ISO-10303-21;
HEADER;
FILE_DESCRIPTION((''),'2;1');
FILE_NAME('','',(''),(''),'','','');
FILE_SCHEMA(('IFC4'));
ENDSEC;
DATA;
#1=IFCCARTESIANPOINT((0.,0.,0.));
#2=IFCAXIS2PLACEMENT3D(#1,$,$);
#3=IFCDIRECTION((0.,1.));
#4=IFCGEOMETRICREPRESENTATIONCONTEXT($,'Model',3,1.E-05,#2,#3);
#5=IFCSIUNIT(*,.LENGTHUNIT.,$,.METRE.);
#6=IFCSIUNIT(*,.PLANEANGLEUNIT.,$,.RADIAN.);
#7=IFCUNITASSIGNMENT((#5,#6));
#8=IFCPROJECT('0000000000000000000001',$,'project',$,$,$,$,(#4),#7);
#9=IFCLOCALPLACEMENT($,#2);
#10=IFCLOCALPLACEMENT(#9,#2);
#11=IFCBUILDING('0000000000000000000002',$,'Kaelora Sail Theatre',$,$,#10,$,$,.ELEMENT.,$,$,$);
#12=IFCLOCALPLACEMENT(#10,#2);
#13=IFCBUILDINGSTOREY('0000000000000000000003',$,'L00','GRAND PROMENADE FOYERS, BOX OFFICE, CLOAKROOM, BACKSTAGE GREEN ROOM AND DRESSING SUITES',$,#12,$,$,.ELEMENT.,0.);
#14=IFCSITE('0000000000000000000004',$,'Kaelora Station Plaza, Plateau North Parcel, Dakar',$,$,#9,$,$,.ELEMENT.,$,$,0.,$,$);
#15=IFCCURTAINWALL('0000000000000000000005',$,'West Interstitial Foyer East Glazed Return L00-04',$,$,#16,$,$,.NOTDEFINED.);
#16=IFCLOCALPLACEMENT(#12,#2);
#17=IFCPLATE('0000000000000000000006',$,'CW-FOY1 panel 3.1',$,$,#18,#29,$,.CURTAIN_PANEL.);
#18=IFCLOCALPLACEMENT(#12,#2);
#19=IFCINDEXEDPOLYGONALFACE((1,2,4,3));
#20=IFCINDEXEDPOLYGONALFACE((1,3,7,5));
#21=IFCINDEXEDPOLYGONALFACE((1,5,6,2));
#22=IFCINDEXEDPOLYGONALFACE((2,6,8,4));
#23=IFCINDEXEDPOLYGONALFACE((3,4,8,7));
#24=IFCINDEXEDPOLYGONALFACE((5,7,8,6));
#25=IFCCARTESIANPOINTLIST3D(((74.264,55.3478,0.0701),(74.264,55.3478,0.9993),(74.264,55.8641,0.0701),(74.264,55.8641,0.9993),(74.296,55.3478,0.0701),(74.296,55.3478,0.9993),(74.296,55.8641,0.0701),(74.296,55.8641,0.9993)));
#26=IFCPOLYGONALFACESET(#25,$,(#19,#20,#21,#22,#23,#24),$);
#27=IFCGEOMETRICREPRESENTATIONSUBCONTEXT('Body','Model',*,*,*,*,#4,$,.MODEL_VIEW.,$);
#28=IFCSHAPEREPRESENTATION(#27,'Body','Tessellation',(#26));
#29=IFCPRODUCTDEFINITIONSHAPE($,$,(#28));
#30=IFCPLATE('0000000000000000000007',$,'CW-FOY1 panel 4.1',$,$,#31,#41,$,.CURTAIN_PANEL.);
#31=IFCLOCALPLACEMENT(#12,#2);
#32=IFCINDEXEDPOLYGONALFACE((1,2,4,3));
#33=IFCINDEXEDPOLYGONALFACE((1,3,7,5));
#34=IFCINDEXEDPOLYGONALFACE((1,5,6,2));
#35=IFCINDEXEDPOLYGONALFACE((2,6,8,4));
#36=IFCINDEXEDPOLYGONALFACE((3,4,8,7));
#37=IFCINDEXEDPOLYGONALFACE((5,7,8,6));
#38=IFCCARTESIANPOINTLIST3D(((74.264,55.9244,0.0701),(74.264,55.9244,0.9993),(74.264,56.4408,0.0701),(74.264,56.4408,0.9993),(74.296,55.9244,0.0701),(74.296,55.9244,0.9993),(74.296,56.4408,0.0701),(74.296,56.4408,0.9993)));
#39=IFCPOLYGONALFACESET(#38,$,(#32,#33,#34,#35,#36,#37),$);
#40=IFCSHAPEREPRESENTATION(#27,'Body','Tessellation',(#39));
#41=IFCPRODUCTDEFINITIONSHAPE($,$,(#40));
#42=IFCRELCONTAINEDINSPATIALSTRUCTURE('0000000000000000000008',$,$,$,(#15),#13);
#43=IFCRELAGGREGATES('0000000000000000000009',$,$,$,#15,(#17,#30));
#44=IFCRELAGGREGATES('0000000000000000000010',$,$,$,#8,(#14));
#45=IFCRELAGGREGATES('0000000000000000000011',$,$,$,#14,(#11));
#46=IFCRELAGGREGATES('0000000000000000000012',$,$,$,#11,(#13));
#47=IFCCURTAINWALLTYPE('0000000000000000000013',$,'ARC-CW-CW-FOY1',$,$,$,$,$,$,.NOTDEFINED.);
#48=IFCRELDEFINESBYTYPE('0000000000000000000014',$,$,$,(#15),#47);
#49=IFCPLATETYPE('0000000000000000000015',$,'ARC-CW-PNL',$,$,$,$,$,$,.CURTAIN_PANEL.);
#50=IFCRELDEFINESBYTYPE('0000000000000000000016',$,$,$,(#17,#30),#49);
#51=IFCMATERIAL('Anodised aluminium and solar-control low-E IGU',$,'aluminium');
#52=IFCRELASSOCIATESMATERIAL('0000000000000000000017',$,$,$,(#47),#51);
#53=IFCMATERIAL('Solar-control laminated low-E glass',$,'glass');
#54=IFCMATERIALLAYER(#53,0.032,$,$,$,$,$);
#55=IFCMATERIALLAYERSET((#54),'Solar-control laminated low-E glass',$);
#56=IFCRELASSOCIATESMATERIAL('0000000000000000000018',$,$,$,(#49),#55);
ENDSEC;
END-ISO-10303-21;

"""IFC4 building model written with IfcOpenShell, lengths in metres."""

from ifc_helpers import new_model, si_unit, direction, frame, origin, origin_2d, place, context, subcontext, project, spatial, rectangle, extrude, material, layer, layer_set, type_object, element, aggregate, save


model = new_model("IFC4")

# Units and contexts
model_context = context("Model", 3, precision=1e-05, world=origin(), true_north=direction((0.0, 1.0)))
body_context = subcontext(model_context, "Body", "Model", "MODEL_VIEW")
ifc_project = project(units=[si_unit("LENGTHUNIT", "METRE"), si_unit("PLANEANGLEUNIT", "RADIAN")], contexts=[model_context])

# Site, building, storey
site_placement = place(None, origin())
site = spatial("IfcSite", under=ifc_project, at=site_placement, Name="Kaelora Station Plaza, Plateau North Parcel, Dakar", CompositionType="ELEMENT", RefElevation=0.0)
building_placement = place(site_placement, origin())
building = spatial("IfcBuilding", under=site, at=building_placement, Name="Kaelora Sail Theatre", CompositionType="ELEMENT")
storey_placement = place(building_placement, origin())
storey = spatial("IfcBuildingStorey", under=building, at=storey_placement, Name="L00", Description="GRAND PROMENADE FOYERS, BOX OFFICE, CLOAKROOM, BACKSTAGE GREEN ROOM AND DRESSING SUITES", CompositionType="ELEMENT", Elevation=0.0)

# Curtain wall
ifc_material_1 = material(Name="Anodised aluminium and solar-control low-E IGU", Category="aluminium")
curtain_wall_type = type_object("IfcCurtainWallType", Name="ARC-CW-CW-FOY1", PredefinedType="NOTDEFINED", material=ifc_material_1)
curtain_wall_placement = place(storey_placement, origin())
curtain_wall = element("IfcCurtainWall", 1, at=curtain_wall_placement, inside=storey, type_object=curtain_wall_type, Name="West Interstitial Foyer East Glazed Return L00-04", PredefinedType="NOTDEFINED")

# Plates
ifc_material_2 = material(Name="Solar-control laminated low-E glass", Category="glass")
ifc_layer = layer(ifc_material_2, 0.032)
ifc_layer_set = layer_set([ifc_layer], Name="Solar-control laminated low-E glass")
plate_type = type_object("IfcPlateType", Name="ARC-CW-PNL", PredefinedType="CURTAIN_PANEL", material=ifc_layer_set)
plate_1_placement = place(storey_placement, frame((74.28, 55.606, 0.0701), z_axis=(0.0, 0.0, 1.0), x_axis=(0.0, 1.0, 0.0)))
plate_1 = element("IfcPlate", 2, at=plate_1_placement, type_object=plate_type, Name="CW-FOY1 panel 3.1", PredefinedType="CURTAIN_PANEL", context=body_context, shape_type="SweptSolid", body=[
    extrude(rectangle(XDim=0.5164, YDim=0.032, at=origin_2d()), origin(), (0.0, 0.0, 1.0), 0.9292),
])
plate_2_placement = place(storey_placement, frame((74.28, 56.1826, 0.0701), z_axis=(0.0, 0.0, 1.0), x_axis=(0.0, 1.0, 0.0)))
plate_2 = element("IfcPlate", 3, at=plate_2_placement, type_object=plate_type, Name="CW-FOY1 panel 4.1", PredefinedType="CURTAIN_PANEL", context=body_context, shape_type="SweptSolid", body=[
    extrude(rectangle(XDim=0.5164, YDim=0.032, at=origin_2d()), origin(), (0.0, 0.0, 1.0), 0.9292),
])
aggregate(curtain_wall, [plate_1, plate_2])

save(model, "model.ifc")
